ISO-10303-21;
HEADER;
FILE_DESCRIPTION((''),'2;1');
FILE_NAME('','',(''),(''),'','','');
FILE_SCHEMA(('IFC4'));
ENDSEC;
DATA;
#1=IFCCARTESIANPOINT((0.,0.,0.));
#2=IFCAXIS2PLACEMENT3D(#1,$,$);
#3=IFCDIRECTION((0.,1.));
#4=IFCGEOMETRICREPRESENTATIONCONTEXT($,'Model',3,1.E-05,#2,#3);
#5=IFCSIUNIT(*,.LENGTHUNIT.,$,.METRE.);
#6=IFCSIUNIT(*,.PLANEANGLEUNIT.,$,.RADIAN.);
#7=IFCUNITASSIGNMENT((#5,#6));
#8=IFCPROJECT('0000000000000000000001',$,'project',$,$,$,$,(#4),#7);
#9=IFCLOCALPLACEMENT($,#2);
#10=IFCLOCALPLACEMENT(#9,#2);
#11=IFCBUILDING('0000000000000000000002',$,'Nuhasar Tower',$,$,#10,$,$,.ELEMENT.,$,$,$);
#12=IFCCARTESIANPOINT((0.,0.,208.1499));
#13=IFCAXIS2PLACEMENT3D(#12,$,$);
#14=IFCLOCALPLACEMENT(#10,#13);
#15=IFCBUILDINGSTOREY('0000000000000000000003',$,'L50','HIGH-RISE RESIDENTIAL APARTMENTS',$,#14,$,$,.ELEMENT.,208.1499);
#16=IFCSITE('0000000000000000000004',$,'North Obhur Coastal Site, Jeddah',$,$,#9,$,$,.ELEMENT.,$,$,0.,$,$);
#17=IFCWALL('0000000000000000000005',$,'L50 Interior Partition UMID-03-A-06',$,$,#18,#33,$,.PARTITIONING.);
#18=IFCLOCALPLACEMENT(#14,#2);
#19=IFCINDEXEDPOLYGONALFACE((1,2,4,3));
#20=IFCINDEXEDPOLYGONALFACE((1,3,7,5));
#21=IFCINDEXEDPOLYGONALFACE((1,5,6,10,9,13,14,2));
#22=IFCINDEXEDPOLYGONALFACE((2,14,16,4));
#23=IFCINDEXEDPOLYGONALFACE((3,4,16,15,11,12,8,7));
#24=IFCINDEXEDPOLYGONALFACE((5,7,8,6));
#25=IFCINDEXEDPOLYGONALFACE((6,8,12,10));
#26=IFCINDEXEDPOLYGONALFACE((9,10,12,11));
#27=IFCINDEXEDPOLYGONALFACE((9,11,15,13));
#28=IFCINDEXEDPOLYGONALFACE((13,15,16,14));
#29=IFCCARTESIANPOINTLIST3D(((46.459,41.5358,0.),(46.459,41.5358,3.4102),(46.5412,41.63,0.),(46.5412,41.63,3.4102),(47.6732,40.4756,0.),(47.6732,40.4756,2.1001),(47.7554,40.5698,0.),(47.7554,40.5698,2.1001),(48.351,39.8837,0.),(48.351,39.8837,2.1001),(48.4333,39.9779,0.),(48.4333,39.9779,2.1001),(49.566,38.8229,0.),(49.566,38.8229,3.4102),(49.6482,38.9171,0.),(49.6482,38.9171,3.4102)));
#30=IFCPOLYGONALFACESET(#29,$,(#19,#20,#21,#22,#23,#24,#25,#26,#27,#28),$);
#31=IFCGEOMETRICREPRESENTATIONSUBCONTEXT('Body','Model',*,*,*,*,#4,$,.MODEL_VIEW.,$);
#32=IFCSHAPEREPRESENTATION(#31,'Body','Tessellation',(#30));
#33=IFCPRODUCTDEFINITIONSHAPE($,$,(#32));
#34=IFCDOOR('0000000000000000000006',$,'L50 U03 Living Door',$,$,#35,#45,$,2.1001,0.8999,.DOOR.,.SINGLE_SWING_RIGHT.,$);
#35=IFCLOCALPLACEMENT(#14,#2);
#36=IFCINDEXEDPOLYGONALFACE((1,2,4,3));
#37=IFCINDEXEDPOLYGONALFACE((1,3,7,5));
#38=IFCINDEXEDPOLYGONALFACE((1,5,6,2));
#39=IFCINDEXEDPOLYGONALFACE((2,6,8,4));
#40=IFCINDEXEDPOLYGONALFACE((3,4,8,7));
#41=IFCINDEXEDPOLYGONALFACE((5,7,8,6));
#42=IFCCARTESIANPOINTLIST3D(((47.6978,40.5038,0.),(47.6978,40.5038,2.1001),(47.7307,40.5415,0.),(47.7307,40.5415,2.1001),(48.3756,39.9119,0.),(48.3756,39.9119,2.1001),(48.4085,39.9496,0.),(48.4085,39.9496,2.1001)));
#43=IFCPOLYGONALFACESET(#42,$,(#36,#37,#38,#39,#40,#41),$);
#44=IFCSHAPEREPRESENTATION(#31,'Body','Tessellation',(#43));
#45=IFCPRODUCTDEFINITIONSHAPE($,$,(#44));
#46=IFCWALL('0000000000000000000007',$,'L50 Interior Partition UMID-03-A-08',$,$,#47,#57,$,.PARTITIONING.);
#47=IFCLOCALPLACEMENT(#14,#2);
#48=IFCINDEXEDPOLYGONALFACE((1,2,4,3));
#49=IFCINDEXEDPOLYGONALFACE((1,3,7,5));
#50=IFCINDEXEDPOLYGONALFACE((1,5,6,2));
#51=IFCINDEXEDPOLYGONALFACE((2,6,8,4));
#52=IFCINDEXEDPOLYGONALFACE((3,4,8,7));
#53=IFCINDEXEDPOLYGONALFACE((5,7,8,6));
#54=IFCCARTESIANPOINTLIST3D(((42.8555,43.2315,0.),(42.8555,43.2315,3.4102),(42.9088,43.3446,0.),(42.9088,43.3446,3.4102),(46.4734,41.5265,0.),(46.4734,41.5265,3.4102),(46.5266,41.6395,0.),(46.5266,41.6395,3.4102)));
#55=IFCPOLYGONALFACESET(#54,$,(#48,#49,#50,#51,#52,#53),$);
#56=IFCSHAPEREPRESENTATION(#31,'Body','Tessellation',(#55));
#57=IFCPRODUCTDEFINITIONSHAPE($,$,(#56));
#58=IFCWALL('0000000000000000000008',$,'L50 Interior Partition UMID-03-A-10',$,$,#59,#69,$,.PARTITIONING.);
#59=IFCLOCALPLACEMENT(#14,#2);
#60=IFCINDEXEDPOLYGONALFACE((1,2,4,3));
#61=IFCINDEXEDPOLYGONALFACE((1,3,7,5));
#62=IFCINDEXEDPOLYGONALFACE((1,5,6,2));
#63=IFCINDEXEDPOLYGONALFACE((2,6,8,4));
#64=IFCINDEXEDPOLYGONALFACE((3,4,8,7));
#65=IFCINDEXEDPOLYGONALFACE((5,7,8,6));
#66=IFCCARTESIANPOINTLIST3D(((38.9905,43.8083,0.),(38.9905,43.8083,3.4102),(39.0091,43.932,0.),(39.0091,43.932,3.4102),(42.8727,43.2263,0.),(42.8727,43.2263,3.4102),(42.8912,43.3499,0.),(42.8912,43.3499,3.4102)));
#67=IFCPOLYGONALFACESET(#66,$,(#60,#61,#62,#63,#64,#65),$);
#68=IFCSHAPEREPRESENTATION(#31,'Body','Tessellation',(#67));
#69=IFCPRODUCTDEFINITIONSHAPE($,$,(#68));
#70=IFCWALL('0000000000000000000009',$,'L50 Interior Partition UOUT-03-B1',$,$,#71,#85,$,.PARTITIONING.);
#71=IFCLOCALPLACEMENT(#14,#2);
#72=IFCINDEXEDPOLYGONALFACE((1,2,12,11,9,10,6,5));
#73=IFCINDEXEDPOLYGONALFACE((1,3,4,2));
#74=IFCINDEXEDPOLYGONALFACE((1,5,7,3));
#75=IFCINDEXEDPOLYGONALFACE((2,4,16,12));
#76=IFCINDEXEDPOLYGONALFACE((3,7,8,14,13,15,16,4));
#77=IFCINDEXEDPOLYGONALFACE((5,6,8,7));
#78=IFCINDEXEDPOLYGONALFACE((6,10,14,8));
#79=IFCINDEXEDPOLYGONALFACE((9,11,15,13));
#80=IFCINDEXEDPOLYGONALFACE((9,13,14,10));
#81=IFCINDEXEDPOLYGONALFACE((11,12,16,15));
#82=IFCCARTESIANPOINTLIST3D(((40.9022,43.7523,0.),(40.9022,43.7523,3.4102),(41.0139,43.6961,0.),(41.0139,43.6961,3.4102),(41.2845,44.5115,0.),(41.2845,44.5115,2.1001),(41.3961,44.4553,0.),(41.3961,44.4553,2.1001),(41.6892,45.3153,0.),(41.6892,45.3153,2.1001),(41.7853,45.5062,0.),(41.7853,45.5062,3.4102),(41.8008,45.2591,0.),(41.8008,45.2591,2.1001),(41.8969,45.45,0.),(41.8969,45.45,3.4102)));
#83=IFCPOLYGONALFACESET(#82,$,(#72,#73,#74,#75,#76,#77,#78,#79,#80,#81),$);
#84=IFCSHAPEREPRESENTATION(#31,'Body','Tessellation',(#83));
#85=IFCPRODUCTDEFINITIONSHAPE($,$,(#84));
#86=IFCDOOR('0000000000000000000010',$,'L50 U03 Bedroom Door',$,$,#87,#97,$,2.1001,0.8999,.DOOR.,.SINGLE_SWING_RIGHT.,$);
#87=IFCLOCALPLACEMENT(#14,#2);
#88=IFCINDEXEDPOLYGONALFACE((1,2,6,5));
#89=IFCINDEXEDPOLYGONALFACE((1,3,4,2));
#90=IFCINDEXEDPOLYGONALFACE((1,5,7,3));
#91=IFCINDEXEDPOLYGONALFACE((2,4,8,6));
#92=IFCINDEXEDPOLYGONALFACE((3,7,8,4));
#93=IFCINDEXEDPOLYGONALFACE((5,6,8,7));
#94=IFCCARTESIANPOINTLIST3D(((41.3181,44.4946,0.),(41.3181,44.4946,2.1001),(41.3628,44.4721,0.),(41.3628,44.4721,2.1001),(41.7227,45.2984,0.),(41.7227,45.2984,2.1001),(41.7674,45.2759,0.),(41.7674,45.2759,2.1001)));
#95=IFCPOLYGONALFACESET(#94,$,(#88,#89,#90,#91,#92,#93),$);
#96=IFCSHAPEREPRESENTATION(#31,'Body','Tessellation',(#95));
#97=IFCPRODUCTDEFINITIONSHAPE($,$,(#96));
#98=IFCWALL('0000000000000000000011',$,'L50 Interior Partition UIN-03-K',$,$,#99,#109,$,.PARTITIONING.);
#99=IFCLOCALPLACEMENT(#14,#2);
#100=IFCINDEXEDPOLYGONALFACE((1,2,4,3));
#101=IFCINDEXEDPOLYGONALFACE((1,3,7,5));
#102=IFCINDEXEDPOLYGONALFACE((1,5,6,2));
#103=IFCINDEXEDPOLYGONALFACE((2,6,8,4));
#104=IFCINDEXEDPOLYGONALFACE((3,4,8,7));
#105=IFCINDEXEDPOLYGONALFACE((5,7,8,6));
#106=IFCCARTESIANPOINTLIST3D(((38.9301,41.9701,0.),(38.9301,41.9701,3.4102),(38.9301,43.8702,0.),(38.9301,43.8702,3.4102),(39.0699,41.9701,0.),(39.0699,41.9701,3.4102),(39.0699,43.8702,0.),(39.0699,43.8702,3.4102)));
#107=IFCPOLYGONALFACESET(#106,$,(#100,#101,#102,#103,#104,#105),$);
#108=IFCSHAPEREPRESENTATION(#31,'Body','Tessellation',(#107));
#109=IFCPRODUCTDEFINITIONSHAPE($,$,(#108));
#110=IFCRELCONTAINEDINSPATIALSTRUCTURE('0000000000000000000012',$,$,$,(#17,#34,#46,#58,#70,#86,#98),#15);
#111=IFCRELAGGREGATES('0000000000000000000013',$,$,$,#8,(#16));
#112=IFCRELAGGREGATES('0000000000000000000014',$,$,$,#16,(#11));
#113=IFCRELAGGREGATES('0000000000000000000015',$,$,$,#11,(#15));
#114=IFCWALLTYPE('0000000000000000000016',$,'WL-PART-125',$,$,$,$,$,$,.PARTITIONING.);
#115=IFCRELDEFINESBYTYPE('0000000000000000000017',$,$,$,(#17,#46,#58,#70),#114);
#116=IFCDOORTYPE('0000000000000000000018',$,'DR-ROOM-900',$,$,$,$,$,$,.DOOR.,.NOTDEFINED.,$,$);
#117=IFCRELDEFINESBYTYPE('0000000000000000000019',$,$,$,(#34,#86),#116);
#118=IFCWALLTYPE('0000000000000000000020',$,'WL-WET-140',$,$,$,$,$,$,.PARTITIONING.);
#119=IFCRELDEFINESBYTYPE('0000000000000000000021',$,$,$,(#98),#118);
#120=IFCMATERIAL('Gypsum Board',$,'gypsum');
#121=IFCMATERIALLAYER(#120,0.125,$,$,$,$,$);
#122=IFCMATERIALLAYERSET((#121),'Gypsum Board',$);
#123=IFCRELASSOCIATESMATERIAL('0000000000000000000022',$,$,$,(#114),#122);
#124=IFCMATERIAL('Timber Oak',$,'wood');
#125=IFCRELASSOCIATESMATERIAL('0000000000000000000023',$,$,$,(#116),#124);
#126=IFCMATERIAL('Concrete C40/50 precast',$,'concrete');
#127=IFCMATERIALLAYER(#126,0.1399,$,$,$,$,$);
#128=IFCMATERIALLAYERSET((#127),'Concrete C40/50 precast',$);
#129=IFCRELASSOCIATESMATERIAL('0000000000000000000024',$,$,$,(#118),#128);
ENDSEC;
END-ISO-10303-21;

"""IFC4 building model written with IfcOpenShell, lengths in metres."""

from ifc_helpers import new_model, si_unit, direction, frame, frame_2d, origin, place, context, subcontext, project, spatial, rectangle, extrude, material, layer, layer_set, type_object, element, fill, save


model = new_model("IFC4")

# Units and contexts
model_context = context("Model", 3, precision=1e-05, world=origin(), true_north=direction((0.0, 1.0)))
body_context = subcontext(model_context, "Body", "Model", "MODEL_VIEW")
ifc_project = project(units=[si_unit("LENGTHUNIT", "METRE"), si_unit("PLANEANGLEUNIT", "RADIAN")], contexts=[model_context])

# Site, building, storey
site_placement = place(None, origin())
site = spatial("IfcSite", under=ifc_project, at=site_placement, Name="North Obhur Coastal Site, Jeddah", CompositionType="ELEMENT", RefElevation=0.0)
building_placement = place(site_placement, origin())
building = spatial("IfcBuilding", under=site, at=building_placement, Name="Nuhasar Tower", CompositionType="ELEMENT")
storey_placement = place(building_placement, frame((0.0, 0.0, 208.1499)))
storey = spatial("IfcBuildingStorey", under=building, at=storey_placement, Name="L50", Description="HIGH-RISE RESIDENTIAL APARTMENTS", CompositionType="ELEMENT", Elevation=208.1499)

# Shared definitions
ifc_material_1 = material(Name="Gypsum Board", Category="gypsum")
ifc_material_2 = material(Name="Timber Oak", Category="wood")

# Wall, opening, door
ifc_layer_1 = layer(ifc_material_1, 0.125)
ifc_layer_set_1 = layer_set([ifc_layer_1], Name="Gypsum Board")
wall_type_1 = type_object("IfcWallType", Name="WL-PART-125", PredefinedType="PARTITIONING", material=ifc_layer_set_1)
wall_1_placement = place(storey_placement, frame((46.5, 41.583, 0.0), z_axis=(0.0, 0.0, 1.0), x_axis=(0.753258, -0.657725, 0.0)))
wall_1 = element("IfcWall", 1, at=wall_1_placement, inside=storey, type_object=wall_type_1, Name="L50 Interior Partition UMID-03-A-06", PredefinedType="PARTITIONING", context=body_context, shape_type="SweptSolid", body=[
    extrude(rectangle(XDim=4.1248, YDim=0.125, at=frame_2d((2.0625, 0.0))), origin(), (0.0, 0.0, 1.0), 3.4102),
])
opening_1_placement = place(wall_1_placement, frame((1.6121, 0.0, 0.0)))
opening_1 = element("IfcOpeningElement", 2, at=opening_1_placement, cuts=wall_1, PredefinedType="OPENING", context=body_context, shape_type="SweptSolid", body=[
    extrude(rectangle(XDim=0.8999, YDim=2.1001, at=frame_2d((0.45, 1.05))), frame((0.0, 0.0725, 0.0), z_axis=(0.0, -1.0, 0.0), x_axis=(1.0, 0.0, 0.0)), (0.0, 0.0, 1.0), 0.145),
])
door_type_1 = type_object("IfcDoorType", Name="DR-ROOM-900", OperationType="NOTDEFINED", PredefinedType="DOOR", material=ifc_material_2)
door_1_placement = place(opening_1_placement, origin())
door_1 = element("IfcDoor", 3, at=door_1_placement, inside=storey, type_object=door_type_1, Name="L50 U03 Living Door", OperationType="SINGLE_SWING_RIGHT", OverallHeight=2.1001, OverallWidth=0.8999, PredefinedType="DOOR", context=body_context, shape_type="SweptSolid", body=[
    extrude(rectangle(XDim=0.8999, YDim=2.1001, at=frame_2d((0.45, 1.05))), frame((0.0, 0.0249, 0.0), z_axis=(0.0, -1.0, 0.0), x_axis=(1.0, 0.0, 0.0)), (0.0, 0.0, 1.0), 0.05),
])
fill(opening_1, door_1)

# Walls
wall_2_placement = place(storey_placement, frame((46.5, 41.583, 0.0), z_axis=(0.0, 0.0, 1.0), x_axis=(-0.904575, 0.426314, 0.0)))
element("IfcWall", 4, at=wall_2_placement, inside=storey, type_object=wall_type_1, Name="L50 Interior Partition UMID-03-A-08", PredefinedType="PARTITIONING", context=body_context, shape_type="SweptSolid", body=[
    extrude(rectangle(XDim=3.9995, YDim=0.125, at=frame_2d((1.9998, 0.0))), origin(), (0.0, 0.0, 1.0), 3.4102),
])
wall_3_placement = place(storey_placement, frame((42.8821, 43.2881, 0.0), z_axis=(0.0, 0.0, 1.0), x_axis=(-0.988947, 0.148271, 0.0)))
element("IfcWall", 5, at=wall_3_placement, inside=storey, type_object=wall_type_1, Name="L50 Interior Partition UMID-03-A-10", PredefinedType="PARTITIONING", context=body_context, shape_type="SweptSolid", body=[
    extrude(rectangle(XDim=3.9255, YDim=0.125, at=frame_2d((1.9629, 0.0))), origin(), (0.0, 0.0, 1.0), 3.4102),
])

# Wall, opening, door
wall_4_placement = place(storey_placement, frame((40.958, 43.7241, 0.0), z_axis=(0.0, 0.0, 1.0), x_axis=(0.449698, 0.89318, 0.0)))
wall_4 = element("IfcWall", 6, at=wall_4_placement, inside=storey, type_object=wall_type_1, Name="L50 Interior Partition UOUT-03-B1", PredefinedType="PARTITIONING", context=body_context, shape_type="SweptSolid", body=[
    extrude(rectangle(XDim=1.9636, YDim=0.125, at=frame_2d((0.9819, 0.0))), origin(), (0.0, 0.0, 1.0), 3.4102),
])
opening_2_placement = place(wall_4_placement, frame((0.8501, 0.0, 0.0)))
opening_2 = element("IfcOpeningElement", 7, at=opening_2_placement, cuts=wall_4, PredefinedType="OPENING", context=body_context, shape_type="SweptSolid", body=[
    extrude(rectangle(XDim=0.8999, YDim=2.1001, at=frame_2d((0.45, 1.05))), frame((0.0, 0.0725, 0.0), z_axis=(0.0, -1.0, 0.0), x_axis=(1.0, 0.0, 0.0)), (0.0, 0.0, 1.0), 0.145),
])
door_2_placement = place(opening_2_placement, origin())
door_2 = element("IfcDoor", 8, at=door_2_placement, inside=storey, type_object=door_type_1, Name="L50 U03 Bedroom Door", OperationType="SINGLE_SWING_RIGHT", OverallHeight=2.1001, OverallWidth=0.8999, PredefinedType="DOOR", context=body_context, shape_type="SweptSolid", body=[
    extrude(rectangle(XDim=0.8999, YDim=2.1001, at=frame_2d((0.45, 1.05))), frame((0.0, 0.0249, 0.0), z_axis=(0.0, -1.0, 0.0), x_axis=(1.0, 0.0, 0.0)), (0.0, 0.0, 1.0), 0.05),
])
fill(opening_2, door_2)

# Wall
ifc_material_3 = material(Name="Concrete C40/50 precast", Category="concrete")
ifc_layer_2 = layer(ifc_material_3, 0.1399)
ifc_layer_set_2 = layer_set([ifc_layer_2], Name="Concrete C40/50 precast")
wall_type_2 = type_object("IfcWallType", Name="WL-WET-140", PredefinedType="PARTITIONING", material=ifc_layer_set_2)
wall_5_placement = place(storey_placement, frame((39.0, 41.97, 0.0), z_axis=(0.0, 0.0, 1.0), x_axis=(0.0, 1.0, 0.0)))
element("IfcWall", 9, at=wall_5_placement, inside=storey, type_object=wall_type_2, Name="L50 Interior Partition UIN-03-K", PredefinedType="PARTITIONING", context=body_context, shape_type="SweptSolid", body=[
    extrude(rectangle(XDim=1.9001, YDim=0.1399, at=frame_2d((0.9502, 0.0))), origin(), (0.0, 0.0, 1.0), 3.4102),
])

save(model, "model.ifc")
